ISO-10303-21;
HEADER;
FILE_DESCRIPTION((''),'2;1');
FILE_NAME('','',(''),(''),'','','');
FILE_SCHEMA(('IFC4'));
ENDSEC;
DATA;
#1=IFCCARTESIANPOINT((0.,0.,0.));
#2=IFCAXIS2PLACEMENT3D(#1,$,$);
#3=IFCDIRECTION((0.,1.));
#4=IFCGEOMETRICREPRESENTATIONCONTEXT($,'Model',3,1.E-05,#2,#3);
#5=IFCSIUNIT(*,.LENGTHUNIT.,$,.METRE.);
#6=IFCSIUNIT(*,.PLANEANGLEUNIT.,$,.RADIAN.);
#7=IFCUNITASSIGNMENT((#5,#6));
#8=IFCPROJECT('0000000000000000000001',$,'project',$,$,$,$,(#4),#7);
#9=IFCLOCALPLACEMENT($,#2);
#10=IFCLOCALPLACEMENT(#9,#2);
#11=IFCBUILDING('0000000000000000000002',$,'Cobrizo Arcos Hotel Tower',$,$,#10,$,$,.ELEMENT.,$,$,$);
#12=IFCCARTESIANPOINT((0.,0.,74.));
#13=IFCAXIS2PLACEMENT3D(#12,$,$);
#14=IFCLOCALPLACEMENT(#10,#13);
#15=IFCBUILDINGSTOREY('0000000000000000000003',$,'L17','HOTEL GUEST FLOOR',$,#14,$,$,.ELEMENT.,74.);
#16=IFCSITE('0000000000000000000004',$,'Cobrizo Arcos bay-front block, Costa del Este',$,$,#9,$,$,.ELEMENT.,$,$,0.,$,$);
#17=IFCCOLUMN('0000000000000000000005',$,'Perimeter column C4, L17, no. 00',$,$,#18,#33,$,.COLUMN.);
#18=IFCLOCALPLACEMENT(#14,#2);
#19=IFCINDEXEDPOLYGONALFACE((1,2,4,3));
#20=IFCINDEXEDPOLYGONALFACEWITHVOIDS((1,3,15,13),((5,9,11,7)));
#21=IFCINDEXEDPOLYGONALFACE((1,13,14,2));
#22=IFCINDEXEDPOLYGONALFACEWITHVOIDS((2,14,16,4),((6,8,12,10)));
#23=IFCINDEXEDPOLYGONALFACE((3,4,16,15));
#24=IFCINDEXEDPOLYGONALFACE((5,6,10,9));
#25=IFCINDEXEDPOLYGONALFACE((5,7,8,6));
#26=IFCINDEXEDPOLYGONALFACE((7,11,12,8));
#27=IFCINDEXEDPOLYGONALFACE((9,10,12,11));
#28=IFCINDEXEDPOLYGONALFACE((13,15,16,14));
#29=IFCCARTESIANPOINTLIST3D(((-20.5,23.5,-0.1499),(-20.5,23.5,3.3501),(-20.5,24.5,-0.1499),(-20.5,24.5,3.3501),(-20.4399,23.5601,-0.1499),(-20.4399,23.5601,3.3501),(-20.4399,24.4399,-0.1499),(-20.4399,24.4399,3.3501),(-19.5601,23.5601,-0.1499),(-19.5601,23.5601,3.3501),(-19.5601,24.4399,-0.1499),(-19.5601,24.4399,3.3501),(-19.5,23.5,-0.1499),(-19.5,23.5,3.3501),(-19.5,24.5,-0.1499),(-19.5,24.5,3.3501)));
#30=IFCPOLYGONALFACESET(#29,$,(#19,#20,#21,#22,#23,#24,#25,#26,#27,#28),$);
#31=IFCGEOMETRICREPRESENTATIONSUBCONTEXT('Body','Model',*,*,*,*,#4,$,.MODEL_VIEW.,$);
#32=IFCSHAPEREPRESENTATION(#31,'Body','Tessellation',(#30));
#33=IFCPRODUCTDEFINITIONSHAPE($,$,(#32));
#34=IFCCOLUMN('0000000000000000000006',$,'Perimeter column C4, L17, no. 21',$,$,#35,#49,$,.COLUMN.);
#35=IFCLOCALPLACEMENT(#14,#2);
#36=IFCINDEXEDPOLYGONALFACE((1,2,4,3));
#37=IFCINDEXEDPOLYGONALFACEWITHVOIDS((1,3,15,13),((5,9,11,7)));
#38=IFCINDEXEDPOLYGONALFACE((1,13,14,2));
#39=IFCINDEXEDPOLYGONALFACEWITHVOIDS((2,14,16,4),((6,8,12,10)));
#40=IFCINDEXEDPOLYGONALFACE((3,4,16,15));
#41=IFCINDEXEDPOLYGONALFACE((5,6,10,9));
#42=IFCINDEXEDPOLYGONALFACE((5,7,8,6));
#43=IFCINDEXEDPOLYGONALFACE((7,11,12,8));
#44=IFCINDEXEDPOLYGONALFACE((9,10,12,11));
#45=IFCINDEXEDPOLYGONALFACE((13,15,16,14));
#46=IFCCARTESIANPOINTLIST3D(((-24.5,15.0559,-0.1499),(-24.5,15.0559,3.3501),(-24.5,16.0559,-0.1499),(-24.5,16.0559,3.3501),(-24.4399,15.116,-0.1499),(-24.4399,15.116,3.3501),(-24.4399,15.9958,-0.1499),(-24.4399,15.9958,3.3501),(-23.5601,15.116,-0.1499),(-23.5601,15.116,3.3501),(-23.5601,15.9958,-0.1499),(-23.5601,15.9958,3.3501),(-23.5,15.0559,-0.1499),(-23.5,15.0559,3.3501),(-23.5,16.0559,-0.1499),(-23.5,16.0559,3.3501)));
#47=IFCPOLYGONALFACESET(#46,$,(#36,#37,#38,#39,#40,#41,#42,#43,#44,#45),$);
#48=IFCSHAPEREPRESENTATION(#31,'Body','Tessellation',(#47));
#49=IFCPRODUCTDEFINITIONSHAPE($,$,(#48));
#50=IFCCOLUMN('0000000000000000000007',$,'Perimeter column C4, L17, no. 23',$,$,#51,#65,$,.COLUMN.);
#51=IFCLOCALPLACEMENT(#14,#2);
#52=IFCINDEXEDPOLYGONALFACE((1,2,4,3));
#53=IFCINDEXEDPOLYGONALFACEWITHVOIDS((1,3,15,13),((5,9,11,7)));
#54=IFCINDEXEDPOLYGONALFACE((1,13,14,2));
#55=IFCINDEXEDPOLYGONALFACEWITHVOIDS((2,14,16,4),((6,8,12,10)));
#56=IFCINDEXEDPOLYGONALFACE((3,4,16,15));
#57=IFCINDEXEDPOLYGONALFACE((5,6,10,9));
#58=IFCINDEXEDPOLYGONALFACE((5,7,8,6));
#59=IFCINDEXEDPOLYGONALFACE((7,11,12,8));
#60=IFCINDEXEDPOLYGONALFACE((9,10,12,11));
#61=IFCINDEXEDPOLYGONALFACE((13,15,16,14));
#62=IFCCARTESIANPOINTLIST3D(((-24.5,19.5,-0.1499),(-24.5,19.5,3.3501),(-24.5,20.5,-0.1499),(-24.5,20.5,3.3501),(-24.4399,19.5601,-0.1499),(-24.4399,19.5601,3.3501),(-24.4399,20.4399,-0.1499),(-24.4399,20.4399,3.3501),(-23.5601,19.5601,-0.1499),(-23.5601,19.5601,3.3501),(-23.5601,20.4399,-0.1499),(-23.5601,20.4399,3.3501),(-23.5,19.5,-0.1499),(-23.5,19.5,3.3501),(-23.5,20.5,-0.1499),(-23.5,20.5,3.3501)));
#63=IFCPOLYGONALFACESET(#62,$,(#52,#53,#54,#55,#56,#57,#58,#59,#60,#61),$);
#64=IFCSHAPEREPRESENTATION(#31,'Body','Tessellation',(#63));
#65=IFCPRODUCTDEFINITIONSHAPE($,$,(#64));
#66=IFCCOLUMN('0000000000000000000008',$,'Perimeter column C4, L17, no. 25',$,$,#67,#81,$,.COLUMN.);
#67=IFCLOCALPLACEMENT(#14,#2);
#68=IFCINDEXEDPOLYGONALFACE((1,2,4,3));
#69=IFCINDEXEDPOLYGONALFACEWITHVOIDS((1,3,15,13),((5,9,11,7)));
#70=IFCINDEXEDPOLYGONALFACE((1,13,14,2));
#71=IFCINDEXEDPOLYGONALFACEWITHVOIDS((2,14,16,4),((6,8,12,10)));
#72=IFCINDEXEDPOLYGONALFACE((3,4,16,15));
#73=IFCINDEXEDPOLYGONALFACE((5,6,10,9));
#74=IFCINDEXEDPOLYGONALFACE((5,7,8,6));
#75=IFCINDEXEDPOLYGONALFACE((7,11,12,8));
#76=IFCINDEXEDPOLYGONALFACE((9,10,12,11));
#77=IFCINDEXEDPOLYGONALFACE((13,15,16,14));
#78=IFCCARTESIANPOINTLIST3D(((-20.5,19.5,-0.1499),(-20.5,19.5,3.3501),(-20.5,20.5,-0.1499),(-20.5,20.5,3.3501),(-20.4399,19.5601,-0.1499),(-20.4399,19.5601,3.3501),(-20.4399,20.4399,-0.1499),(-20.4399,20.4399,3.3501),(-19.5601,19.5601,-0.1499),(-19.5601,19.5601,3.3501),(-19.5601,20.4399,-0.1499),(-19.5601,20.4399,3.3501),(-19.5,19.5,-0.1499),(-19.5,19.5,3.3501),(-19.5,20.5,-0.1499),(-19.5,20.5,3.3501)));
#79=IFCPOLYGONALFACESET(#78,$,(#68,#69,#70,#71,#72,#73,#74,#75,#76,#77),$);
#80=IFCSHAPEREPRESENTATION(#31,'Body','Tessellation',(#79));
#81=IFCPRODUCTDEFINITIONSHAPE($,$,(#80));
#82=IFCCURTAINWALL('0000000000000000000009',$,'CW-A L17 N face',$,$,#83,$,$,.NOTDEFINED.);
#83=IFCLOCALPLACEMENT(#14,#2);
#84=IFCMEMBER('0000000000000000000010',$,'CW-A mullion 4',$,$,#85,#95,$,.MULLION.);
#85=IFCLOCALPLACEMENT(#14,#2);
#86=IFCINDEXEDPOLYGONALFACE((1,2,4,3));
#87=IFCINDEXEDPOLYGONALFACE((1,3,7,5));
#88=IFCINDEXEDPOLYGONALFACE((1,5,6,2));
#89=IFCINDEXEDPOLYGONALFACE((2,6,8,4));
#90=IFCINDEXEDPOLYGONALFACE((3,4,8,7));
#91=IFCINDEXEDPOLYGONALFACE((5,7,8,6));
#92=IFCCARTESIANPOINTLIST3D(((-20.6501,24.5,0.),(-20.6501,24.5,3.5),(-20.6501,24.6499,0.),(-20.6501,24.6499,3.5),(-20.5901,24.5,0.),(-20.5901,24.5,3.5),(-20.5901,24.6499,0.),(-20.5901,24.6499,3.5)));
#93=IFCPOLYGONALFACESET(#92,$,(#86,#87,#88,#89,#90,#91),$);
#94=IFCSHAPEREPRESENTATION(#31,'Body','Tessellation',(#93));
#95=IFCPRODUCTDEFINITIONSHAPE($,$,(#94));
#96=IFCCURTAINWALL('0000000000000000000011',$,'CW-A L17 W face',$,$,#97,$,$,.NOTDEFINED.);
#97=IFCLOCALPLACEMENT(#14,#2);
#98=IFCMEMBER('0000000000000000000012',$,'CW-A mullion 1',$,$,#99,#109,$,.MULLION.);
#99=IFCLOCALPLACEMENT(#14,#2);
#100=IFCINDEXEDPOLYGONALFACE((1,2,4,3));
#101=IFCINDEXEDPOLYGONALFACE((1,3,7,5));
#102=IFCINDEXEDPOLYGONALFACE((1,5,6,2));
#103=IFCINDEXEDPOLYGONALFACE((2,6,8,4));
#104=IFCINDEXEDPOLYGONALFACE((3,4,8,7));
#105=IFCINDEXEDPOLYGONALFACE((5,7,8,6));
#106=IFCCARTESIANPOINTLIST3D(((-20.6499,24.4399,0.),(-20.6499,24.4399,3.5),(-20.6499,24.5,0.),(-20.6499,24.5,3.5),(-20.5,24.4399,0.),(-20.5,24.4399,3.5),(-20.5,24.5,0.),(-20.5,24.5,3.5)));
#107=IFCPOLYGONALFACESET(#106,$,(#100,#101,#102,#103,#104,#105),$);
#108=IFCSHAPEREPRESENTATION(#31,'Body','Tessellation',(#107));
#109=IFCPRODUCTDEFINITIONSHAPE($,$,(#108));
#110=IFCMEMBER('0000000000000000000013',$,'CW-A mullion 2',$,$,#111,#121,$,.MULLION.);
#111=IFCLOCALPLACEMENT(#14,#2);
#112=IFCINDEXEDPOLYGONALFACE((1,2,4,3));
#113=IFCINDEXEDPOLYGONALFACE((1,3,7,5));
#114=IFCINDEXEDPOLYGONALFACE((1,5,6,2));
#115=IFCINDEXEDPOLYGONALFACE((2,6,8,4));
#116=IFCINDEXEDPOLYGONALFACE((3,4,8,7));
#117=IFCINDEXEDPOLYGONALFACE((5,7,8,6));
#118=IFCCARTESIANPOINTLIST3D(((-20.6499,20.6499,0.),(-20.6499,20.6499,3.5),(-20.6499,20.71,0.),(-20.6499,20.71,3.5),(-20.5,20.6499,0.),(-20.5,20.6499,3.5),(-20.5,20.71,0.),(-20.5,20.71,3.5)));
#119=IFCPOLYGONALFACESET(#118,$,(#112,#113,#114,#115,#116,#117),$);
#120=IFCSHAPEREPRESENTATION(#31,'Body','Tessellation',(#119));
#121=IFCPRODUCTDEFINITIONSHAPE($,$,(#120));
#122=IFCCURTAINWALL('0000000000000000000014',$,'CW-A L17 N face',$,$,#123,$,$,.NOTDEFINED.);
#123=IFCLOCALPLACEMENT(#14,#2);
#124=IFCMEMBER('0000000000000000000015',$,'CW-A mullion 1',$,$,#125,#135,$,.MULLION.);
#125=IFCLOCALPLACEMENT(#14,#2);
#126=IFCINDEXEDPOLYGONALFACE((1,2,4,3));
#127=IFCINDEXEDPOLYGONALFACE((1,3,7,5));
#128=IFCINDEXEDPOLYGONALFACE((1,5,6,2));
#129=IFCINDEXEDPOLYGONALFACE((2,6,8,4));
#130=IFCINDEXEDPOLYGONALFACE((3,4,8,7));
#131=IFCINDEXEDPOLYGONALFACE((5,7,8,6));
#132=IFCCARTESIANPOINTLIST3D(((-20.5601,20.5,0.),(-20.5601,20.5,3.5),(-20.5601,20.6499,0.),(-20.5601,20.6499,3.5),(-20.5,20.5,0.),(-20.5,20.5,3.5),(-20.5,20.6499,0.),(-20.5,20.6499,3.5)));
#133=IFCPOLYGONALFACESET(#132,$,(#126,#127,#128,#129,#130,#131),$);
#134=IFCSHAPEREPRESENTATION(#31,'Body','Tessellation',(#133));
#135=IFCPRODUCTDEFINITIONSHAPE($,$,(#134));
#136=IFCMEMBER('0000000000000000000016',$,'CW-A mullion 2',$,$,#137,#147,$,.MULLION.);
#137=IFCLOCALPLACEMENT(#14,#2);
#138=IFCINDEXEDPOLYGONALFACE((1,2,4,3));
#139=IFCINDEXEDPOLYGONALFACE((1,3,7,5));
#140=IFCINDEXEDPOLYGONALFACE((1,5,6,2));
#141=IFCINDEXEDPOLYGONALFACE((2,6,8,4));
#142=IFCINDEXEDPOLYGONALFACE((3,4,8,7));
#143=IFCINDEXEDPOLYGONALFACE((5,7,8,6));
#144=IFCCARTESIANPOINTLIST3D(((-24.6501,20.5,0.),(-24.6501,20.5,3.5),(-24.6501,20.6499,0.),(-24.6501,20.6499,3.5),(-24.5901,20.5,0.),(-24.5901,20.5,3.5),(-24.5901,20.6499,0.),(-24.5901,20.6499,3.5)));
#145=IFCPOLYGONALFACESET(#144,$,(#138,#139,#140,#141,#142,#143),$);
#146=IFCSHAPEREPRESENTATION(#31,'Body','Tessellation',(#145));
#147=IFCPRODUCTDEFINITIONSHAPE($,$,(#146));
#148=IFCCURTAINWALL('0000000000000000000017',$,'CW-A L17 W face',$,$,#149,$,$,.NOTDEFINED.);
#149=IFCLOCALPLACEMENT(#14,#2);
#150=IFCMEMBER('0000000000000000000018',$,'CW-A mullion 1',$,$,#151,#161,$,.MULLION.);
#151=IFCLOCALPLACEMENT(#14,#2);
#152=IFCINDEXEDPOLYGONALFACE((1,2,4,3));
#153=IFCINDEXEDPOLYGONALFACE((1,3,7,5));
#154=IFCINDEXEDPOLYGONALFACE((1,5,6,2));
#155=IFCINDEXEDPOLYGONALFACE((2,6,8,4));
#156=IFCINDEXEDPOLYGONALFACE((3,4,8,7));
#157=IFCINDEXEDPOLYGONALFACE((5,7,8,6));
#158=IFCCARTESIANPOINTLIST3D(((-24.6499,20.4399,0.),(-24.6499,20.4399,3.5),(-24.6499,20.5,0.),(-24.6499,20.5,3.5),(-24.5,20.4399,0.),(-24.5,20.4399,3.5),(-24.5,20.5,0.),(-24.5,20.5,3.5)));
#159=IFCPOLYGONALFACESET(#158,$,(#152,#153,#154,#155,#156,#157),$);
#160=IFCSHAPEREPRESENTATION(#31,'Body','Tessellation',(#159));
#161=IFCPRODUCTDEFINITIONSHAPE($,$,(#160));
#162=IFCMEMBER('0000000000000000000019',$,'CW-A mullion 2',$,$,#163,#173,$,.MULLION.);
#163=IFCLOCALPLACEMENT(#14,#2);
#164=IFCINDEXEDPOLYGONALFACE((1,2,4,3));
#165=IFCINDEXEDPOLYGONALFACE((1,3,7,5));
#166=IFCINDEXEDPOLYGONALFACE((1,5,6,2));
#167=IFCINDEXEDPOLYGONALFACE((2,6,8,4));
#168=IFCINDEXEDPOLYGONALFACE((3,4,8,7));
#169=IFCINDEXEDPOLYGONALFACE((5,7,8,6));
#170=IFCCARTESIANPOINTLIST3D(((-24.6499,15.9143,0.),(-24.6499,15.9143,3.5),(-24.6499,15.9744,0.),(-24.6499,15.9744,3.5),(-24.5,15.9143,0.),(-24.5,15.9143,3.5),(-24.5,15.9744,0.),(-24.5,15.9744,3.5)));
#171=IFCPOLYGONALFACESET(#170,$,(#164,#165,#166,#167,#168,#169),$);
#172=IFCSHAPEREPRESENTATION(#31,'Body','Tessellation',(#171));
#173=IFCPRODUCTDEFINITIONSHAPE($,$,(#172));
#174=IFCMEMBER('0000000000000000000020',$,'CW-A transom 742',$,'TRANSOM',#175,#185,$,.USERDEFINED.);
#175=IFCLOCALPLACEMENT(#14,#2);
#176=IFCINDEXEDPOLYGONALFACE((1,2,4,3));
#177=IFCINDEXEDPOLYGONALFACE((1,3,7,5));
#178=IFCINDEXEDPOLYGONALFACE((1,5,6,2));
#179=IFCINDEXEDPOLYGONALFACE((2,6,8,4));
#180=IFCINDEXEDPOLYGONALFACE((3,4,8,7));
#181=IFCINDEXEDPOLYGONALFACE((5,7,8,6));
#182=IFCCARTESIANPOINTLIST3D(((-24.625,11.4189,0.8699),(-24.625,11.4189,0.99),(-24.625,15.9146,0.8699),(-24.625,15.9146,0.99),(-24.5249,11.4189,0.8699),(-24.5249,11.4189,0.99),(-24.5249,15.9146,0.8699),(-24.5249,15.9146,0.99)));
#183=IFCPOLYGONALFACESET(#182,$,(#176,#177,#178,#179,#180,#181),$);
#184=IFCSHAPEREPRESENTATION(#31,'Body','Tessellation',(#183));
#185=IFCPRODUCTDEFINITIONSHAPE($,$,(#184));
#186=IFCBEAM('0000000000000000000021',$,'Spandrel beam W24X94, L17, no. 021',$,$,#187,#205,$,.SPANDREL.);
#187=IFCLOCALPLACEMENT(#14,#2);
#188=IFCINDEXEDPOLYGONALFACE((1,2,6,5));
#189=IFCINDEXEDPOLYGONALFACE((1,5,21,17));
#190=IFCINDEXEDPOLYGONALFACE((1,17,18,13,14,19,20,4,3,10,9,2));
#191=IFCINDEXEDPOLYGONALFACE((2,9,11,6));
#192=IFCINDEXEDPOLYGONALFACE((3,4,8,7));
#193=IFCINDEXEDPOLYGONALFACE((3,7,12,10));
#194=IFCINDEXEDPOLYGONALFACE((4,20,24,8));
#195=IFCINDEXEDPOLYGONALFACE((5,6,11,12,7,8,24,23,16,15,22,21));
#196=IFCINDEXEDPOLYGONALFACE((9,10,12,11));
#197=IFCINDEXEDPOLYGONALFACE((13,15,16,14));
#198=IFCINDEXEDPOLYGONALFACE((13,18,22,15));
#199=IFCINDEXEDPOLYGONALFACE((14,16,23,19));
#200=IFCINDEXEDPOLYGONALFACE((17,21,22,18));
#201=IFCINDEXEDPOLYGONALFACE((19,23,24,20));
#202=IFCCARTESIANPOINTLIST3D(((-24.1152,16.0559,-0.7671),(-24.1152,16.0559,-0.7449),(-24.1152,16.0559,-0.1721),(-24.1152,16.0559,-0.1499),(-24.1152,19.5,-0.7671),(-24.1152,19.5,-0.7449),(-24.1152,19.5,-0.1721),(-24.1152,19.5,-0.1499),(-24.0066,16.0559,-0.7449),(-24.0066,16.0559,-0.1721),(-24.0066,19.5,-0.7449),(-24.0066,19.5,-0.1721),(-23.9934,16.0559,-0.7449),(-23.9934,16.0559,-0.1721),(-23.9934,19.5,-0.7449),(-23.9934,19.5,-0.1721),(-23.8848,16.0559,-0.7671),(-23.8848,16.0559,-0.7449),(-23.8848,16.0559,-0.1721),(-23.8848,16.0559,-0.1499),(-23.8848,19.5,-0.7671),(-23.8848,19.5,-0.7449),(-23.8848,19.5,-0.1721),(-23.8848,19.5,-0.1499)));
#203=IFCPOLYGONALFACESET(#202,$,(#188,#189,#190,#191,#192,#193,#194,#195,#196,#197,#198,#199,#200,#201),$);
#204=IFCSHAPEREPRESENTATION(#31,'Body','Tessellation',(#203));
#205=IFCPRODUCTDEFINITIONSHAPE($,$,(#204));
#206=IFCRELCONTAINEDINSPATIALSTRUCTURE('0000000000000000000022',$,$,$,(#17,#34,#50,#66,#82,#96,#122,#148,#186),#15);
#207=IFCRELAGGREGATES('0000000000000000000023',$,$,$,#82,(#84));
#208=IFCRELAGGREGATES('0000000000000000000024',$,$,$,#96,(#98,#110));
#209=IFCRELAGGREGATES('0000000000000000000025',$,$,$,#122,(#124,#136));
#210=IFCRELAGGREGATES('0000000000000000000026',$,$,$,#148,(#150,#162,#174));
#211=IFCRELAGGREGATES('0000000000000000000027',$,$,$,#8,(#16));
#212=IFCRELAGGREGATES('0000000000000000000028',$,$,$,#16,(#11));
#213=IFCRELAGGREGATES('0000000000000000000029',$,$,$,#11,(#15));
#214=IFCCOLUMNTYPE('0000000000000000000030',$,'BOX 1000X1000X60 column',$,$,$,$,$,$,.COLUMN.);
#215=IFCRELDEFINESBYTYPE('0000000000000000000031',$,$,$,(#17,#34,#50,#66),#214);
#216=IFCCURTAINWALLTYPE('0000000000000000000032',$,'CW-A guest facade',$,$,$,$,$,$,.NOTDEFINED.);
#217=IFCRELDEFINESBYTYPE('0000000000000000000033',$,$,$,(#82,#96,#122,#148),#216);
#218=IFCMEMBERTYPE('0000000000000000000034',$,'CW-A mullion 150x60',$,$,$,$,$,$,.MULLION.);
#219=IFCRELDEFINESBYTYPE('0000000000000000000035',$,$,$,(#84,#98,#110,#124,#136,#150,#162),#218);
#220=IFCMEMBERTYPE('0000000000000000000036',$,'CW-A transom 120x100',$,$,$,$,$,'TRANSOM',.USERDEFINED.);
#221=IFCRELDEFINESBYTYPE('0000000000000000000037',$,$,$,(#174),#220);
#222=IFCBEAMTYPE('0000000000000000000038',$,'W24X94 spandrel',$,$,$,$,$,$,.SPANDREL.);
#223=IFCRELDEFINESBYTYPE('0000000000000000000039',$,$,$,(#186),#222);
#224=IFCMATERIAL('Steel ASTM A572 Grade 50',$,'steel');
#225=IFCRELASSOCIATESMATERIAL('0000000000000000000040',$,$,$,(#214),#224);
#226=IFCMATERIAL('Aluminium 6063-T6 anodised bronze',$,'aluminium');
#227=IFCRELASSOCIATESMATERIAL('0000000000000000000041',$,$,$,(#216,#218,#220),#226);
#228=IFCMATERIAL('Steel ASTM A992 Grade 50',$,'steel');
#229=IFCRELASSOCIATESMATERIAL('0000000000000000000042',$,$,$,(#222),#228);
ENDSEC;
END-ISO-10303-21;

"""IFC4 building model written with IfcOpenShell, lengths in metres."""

from ifc_helpers import new_model, si_unit, direction, frame, origin, origin_2d, place, context, subcontext, project, spatial, rectangle, hollow_rectangle, i_section, extrude, material, material_profile, profile_set, type_object, element, aggregate, save


model = new_model("IFC4")

# Units and contexts
model_context = context("Model", 3, precision=1e-05, world=origin(), true_north=direction((0.0, 1.0)))
body_context = subcontext(model_context, "Body", "Model", "MODEL_VIEW")
ifc_project = project(units=[si_unit("LENGTHUNIT", "METRE"), si_unit("PLANEANGLEUNIT", "RADIAN")], contexts=[model_context])

# Site, building, storey
site_placement = place(None, origin())
site = spatial("IfcSite", under=ifc_project, at=site_placement, Name="Cobrizo Arcos bay-front block, Costa del Este", CompositionType="ELEMENT", RefElevation=0.0)
building_placement = place(site_placement, origin())
building = spatial("IfcBuilding", under=site, at=building_placement, Name="Cobrizo Arcos Hotel Tower", CompositionType="ELEMENT")
storey_placement = place(building_placement, frame((0.0, 0.0, 74.0)))
storey = spatial("IfcBuildingStorey", under=building, at=storey_placement, Name="L17", Description="HOTEL GUEST FLOOR", CompositionType="ELEMENT", Elevation=74.0)

# Columns
ifc_material_1 = material(Name="Steel ASTM A572 Grade 50", Category="steel")
ifc_material_profile_1 = material_profile(ifc_material_1, hollow_rectangle(XDim=1.0, YDim=1.0, WallThickness=0.0601, at=origin_2d()), Name="BOX 1000X1000X60")
ifc_profile_set_1 = profile_set([ifc_material_profile_1], Name="Steel ASTM A572 Grade 50")
column_type = type_object("IfcColumnType", Name="BOX 1000X1000X60 column", PredefinedType="COLUMN", material=ifc_profile_set_1)
for number, where, z_axis, x_axis, name in (
    (1, (-20.0, 24.0, -0.1499), (0.0, 0.0, 1.0), (1.0, 0.0, 0.0), "Perimeter column C4, L17, no. 00"),
    (2, (-24.0, 15.5559, -0.1499), (0.0, 0.0, 1.0), (1.0, 0.0, 0.0), "Perimeter column C4, L17, no. 21"),
    (3, (-24.0, 20.0, -0.1499), (0.0, 0.0, 1.0), (1.0, 0.0, 0.0), "Perimeter column C4, L17, no. 23"),
    (4, (-20.0, 20.0, -0.1499), (0.0, 0.0, 1.0), (1.0, 0.0, 0.0), "Perimeter column C4, L17, no. 25"),
):
    element("IfcColumn", number, at=place(storey_placement, frame(where, z_axis=z_axis, x_axis=x_axis)), inside=storey, type_object=column_type, Name=name, PredefinedType="COLUMN", context=body_context, shape_type="SweptSolid", body=[
        extrude(hollow_rectangle(XDim=1.0, YDim=1.0, WallThickness=0.0601, at=origin_2d()), origin(), (0.0, 0.0, 1.0), 3.5),
    ])

# Curtain wall, member
ifc_material_2 = material(Name="Aluminium 6063-T6 anodised bronze", Category="aluminium")
curtain_wall_type = type_object("IfcCurtainWallType", Name="CW-A guest facade", PredefinedType="NOTDEFINED", material=ifc_material_2)
curtain_wall_1_placement = place(storey_placement, origin())
curtain_wall_1 = element("IfcCurtainWall", 5, at=curtain_wall_1_placement, inside=storey, type_object=curtain_wall_type, Name="CW-A L17 N face", PredefinedType="NOTDEFINED")
ifc_material_profile_2 = material_profile(ifc_material_2, rectangle(XDim=0.1499, YDim=0.0601, at=origin_2d()), Name="CW-A mullion 150x60")
ifc_profile_set_2 = profile_set([ifc_material_profile_2], Name="Aluminium 6063-T6 anodised bronze")
member_type_1 = type_object("IfcMemberType", Name="CW-A mullion 150x60", PredefinedType="MULLION", material=ifc_profile_set_2)
member_1_placement = place(storey_placement, frame((-20.6201, 24.575, 0.0), z_axis=(0.0, 0.0, 1.0), x_axis=(0.0, 1.0, 0.0)))
member_1 = element("IfcMember", 6, at=member_1_placement, type_object=member_type_1, Name="CW-A mullion 4", PredefinedType="MULLION", context=body_context, shape_type="SweptSolid", body=[
    extrude(rectangle(XDim=0.1499, YDim=0.0601, at=origin_2d()), origin(), (0.0, 0.0, 1.0), 3.5),
])

# Curtain walls, members
curtain_wall_2_placement = place(storey_placement, origin())
curtain_wall_2 = element("IfcCurtainWall", 7, at=curtain_wall_2_placement, inside=storey, type_object=curtain_wall_type, Name="CW-A L17 W face", PredefinedType="NOTDEFINED")
member_2_placement = place(storey_placement, frame((-20.575, 24.47, 0.0), z_axis=(0.0, 0.0, 1.0), x_axis=(-1.0, 0.0, 0.0)))
member_2 = element("IfcMember", 8, at=member_2_placement, type_object=member_type_1, Name="CW-A mullion 1", PredefinedType="MULLION", context=body_context, shape_type="SweptSolid", body=[
    extrude(rectangle(XDim=0.1499, YDim=0.0601, at=origin_2d()), origin(), (0.0, 0.0, 1.0), 3.5),
])
member_3_placement = place(storey_placement, frame((-20.575, 20.6799, 0.0), z_axis=(0.0, 0.0, 1.0), x_axis=(-1.0, 0.0, 0.0)))
member_3 = element("IfcMember", 9, at=member_3_placement, type_object=member_type_1, Name="CW-A mullion 2", PredefinedType="MULLION", context=body_context, shape_type="SweptSolid", body=[
    extrude(rectangle(XDim=0.1499, YDim=0.0601, at=origin_2d()), origin(), (0.0, 0.0, 1.0), 3.5),
])
curtain_wall_3_placement = place(storey_placement, origin())
curtain_wall_3 = element("IfcCurtainWall", 10, at=curtain_wall_3_placement, inside=storey, type_object=curtain_wall_type, Name="CW-A L17 N face", PredefinedType="NOTDEFINED")
member_4_placement = place(storey_placement, frame((-20.53, 20.575, 0.0), z_axis=(0.0, 0.0, 1.0), x_axis=(0.0, 1.0, 0.0)))
member_4 = element("IfcMember", 11, at=member_4_placement, type_object=member_type_1, Name="CW-A mullion 1", PredefinedType="MULLION", context=body_context, shape_type="SweptSolid", body=[
    extrude(rectangle(XDim=0.1499, YDim=0.0601, at=origin_2d()), origin(), (0.0, 0.0, 1.0), 3.5),
])
member_5_placement = place(storey_placement, frame((-24.6201, 20.575, 0.0), z_axis=(0.0, 0.0, 1.0), x_axis=(0.0, 1.0, 0.0)))
member_5 = element("IfcMember", 12, at=member_5_placement, type_object=member_type_1, Name="CW-A mullion 2", PredefinedType="MULLION", context=body_context, shape_type="SweptSolid", body=[
    extrude(rectangle(XDim=0.1499, YDim=0.0601, at=origin_2d()), origin(), (0.0, 0.0, 1.0), 3.5),
])
curtain_wall_4_placement = place(storey_placement, origin())
curtain_wall_4 = element("IfcCurtainWall", 13, at=curtain_wall_4_placement, inside=storey, type_object=curtain_wall_type, Name="CW-A L17 W face", PredefinedType="NOTDEFINED")
member_6_placement = place(storey_placement, frame((-24.575, 20.47, 0.0), z_axis=(0.0, 0.0, 1.0), x_axis=(-1.0, 0.0, 0.0)))
member_6 = element("IfcMember", 14, at=member_6_placement, type_object=member_type_1, Name="CW-A mullion 1", PredefinedType="MULLION", context=body_context, shape_type="SweptSolid", body=[
    extrude(rectangle(XDim=0.1499, YDim=0.0601, at=origin_2d()), origin(), (0.0, 0.0, 1.0), 3.5),
])
member_7_placement = place(storey_placement, frame((-24.575, 15.9443, 0.0), z_axis=(0.0, 0.0, 1.0), x_axis=(-1.0, 0.0, 0.0)))
member_7 = element("IfcMember", 15, at=member_7_placement, type_object=member_type_1, Name="CW-A mullion 2", PredefinedType="MULLION", context=body_context, shape_type="SweptSolid", body=[
    extrude(rectangle(XDim=0.1499, YDim=0.0601, at=origin_2d()), origin(), (0.0, 0.0, 1.0), 3.5),
])
ifc_material_profile_3 = material_profile(ifc_material_2, rectangle(XDim=0.1001, YDim=0.1201, at=origin_2d()), Name="CW-A transom 120x100")
ifc_profile_set_3 = profile_set([ifc_material_profile_3], Name="Aluminium 6063-T6 anodised bronze")
member_type_2 = type_object("IfcMemberType", Name="CW-A transom 120x100", ElementType="TRANSOM", PredefinedType="USERDEFINED", material=ifc_profile_set_3)
member_8_placement = place(storey_placement, frame((-24.575, 15.9146, 0.9299), z_axis=(0.0, -1.0, 0.0), x_axis=(1.0, 0.0, 0.0)))
member_8 = element("IfcMember", 16, at=member_8_placement, type_object=member_type_2, Name="CW-A transom 742", ObjectType="TRANSOM", PredefinedType="USERDEFINED", context=body_context, shape_type="SweptSolid", body=[
    extrude(rectangle(XDim=0.1001, YDim=0.1201, at=origin_2d()), origin(), (0.0, 0.0, 1.0), 4.4956),
])

# Beam
ifc_material_3 = material(Name="Steel ASTM A992 Grade 50", Category="steel")
ifc_material_profile_4 = material_profile(ifc_material_3, i_section(OverallWidth=0.2305, OverallDepth=0.6172, WebThickness=0.0132, FlangeThickness=0.0222, at=origin_2d()), Name="W24X94")
ifc_profile_set_4 = profile_set([ifc_material_profile_4], Name="Steel ASTM A992 Grade 50")
beam_type = type_object("IfcBeamType", Name="W24X94 spandrel", PredefinedType="SPANDREL", material=ifc_profile_set_4)
beam_1_placement = place(storey_placement, frame((-24.0, 16.0559, -0.4585), z_axis=(0.0, 1.0, 0.0), x_axis=(-1.0, 0.0, 0.0)))
element("IfcBeam", 17, at=beam_1_placement, inside=storey, type_object=beam_type, Name="Spandrel beam W24X94, L17, no. 021", PredefinedType="SPANDREL", context=body_context, shape_type="SweptSolid", body=[
    extrude(i_section(OverallWidth=0.2305, OverallDepth=0.6172, WebThickness=0.0132, FlangeThickness=0.0222, at=origin_2d()), origin(), (0.0, 0.0, 1.0), 3.4441),
])

aggregate(curtain_wall_1, [member_1])
aggregate(curtain_wall_2, [member_2, member_3])
aggregate(curtain_wall_3, [member_4, member_5])
aggregate(curtain_wall_4, [member_6, member_7, member_8])

save(model, "model.ifc")
